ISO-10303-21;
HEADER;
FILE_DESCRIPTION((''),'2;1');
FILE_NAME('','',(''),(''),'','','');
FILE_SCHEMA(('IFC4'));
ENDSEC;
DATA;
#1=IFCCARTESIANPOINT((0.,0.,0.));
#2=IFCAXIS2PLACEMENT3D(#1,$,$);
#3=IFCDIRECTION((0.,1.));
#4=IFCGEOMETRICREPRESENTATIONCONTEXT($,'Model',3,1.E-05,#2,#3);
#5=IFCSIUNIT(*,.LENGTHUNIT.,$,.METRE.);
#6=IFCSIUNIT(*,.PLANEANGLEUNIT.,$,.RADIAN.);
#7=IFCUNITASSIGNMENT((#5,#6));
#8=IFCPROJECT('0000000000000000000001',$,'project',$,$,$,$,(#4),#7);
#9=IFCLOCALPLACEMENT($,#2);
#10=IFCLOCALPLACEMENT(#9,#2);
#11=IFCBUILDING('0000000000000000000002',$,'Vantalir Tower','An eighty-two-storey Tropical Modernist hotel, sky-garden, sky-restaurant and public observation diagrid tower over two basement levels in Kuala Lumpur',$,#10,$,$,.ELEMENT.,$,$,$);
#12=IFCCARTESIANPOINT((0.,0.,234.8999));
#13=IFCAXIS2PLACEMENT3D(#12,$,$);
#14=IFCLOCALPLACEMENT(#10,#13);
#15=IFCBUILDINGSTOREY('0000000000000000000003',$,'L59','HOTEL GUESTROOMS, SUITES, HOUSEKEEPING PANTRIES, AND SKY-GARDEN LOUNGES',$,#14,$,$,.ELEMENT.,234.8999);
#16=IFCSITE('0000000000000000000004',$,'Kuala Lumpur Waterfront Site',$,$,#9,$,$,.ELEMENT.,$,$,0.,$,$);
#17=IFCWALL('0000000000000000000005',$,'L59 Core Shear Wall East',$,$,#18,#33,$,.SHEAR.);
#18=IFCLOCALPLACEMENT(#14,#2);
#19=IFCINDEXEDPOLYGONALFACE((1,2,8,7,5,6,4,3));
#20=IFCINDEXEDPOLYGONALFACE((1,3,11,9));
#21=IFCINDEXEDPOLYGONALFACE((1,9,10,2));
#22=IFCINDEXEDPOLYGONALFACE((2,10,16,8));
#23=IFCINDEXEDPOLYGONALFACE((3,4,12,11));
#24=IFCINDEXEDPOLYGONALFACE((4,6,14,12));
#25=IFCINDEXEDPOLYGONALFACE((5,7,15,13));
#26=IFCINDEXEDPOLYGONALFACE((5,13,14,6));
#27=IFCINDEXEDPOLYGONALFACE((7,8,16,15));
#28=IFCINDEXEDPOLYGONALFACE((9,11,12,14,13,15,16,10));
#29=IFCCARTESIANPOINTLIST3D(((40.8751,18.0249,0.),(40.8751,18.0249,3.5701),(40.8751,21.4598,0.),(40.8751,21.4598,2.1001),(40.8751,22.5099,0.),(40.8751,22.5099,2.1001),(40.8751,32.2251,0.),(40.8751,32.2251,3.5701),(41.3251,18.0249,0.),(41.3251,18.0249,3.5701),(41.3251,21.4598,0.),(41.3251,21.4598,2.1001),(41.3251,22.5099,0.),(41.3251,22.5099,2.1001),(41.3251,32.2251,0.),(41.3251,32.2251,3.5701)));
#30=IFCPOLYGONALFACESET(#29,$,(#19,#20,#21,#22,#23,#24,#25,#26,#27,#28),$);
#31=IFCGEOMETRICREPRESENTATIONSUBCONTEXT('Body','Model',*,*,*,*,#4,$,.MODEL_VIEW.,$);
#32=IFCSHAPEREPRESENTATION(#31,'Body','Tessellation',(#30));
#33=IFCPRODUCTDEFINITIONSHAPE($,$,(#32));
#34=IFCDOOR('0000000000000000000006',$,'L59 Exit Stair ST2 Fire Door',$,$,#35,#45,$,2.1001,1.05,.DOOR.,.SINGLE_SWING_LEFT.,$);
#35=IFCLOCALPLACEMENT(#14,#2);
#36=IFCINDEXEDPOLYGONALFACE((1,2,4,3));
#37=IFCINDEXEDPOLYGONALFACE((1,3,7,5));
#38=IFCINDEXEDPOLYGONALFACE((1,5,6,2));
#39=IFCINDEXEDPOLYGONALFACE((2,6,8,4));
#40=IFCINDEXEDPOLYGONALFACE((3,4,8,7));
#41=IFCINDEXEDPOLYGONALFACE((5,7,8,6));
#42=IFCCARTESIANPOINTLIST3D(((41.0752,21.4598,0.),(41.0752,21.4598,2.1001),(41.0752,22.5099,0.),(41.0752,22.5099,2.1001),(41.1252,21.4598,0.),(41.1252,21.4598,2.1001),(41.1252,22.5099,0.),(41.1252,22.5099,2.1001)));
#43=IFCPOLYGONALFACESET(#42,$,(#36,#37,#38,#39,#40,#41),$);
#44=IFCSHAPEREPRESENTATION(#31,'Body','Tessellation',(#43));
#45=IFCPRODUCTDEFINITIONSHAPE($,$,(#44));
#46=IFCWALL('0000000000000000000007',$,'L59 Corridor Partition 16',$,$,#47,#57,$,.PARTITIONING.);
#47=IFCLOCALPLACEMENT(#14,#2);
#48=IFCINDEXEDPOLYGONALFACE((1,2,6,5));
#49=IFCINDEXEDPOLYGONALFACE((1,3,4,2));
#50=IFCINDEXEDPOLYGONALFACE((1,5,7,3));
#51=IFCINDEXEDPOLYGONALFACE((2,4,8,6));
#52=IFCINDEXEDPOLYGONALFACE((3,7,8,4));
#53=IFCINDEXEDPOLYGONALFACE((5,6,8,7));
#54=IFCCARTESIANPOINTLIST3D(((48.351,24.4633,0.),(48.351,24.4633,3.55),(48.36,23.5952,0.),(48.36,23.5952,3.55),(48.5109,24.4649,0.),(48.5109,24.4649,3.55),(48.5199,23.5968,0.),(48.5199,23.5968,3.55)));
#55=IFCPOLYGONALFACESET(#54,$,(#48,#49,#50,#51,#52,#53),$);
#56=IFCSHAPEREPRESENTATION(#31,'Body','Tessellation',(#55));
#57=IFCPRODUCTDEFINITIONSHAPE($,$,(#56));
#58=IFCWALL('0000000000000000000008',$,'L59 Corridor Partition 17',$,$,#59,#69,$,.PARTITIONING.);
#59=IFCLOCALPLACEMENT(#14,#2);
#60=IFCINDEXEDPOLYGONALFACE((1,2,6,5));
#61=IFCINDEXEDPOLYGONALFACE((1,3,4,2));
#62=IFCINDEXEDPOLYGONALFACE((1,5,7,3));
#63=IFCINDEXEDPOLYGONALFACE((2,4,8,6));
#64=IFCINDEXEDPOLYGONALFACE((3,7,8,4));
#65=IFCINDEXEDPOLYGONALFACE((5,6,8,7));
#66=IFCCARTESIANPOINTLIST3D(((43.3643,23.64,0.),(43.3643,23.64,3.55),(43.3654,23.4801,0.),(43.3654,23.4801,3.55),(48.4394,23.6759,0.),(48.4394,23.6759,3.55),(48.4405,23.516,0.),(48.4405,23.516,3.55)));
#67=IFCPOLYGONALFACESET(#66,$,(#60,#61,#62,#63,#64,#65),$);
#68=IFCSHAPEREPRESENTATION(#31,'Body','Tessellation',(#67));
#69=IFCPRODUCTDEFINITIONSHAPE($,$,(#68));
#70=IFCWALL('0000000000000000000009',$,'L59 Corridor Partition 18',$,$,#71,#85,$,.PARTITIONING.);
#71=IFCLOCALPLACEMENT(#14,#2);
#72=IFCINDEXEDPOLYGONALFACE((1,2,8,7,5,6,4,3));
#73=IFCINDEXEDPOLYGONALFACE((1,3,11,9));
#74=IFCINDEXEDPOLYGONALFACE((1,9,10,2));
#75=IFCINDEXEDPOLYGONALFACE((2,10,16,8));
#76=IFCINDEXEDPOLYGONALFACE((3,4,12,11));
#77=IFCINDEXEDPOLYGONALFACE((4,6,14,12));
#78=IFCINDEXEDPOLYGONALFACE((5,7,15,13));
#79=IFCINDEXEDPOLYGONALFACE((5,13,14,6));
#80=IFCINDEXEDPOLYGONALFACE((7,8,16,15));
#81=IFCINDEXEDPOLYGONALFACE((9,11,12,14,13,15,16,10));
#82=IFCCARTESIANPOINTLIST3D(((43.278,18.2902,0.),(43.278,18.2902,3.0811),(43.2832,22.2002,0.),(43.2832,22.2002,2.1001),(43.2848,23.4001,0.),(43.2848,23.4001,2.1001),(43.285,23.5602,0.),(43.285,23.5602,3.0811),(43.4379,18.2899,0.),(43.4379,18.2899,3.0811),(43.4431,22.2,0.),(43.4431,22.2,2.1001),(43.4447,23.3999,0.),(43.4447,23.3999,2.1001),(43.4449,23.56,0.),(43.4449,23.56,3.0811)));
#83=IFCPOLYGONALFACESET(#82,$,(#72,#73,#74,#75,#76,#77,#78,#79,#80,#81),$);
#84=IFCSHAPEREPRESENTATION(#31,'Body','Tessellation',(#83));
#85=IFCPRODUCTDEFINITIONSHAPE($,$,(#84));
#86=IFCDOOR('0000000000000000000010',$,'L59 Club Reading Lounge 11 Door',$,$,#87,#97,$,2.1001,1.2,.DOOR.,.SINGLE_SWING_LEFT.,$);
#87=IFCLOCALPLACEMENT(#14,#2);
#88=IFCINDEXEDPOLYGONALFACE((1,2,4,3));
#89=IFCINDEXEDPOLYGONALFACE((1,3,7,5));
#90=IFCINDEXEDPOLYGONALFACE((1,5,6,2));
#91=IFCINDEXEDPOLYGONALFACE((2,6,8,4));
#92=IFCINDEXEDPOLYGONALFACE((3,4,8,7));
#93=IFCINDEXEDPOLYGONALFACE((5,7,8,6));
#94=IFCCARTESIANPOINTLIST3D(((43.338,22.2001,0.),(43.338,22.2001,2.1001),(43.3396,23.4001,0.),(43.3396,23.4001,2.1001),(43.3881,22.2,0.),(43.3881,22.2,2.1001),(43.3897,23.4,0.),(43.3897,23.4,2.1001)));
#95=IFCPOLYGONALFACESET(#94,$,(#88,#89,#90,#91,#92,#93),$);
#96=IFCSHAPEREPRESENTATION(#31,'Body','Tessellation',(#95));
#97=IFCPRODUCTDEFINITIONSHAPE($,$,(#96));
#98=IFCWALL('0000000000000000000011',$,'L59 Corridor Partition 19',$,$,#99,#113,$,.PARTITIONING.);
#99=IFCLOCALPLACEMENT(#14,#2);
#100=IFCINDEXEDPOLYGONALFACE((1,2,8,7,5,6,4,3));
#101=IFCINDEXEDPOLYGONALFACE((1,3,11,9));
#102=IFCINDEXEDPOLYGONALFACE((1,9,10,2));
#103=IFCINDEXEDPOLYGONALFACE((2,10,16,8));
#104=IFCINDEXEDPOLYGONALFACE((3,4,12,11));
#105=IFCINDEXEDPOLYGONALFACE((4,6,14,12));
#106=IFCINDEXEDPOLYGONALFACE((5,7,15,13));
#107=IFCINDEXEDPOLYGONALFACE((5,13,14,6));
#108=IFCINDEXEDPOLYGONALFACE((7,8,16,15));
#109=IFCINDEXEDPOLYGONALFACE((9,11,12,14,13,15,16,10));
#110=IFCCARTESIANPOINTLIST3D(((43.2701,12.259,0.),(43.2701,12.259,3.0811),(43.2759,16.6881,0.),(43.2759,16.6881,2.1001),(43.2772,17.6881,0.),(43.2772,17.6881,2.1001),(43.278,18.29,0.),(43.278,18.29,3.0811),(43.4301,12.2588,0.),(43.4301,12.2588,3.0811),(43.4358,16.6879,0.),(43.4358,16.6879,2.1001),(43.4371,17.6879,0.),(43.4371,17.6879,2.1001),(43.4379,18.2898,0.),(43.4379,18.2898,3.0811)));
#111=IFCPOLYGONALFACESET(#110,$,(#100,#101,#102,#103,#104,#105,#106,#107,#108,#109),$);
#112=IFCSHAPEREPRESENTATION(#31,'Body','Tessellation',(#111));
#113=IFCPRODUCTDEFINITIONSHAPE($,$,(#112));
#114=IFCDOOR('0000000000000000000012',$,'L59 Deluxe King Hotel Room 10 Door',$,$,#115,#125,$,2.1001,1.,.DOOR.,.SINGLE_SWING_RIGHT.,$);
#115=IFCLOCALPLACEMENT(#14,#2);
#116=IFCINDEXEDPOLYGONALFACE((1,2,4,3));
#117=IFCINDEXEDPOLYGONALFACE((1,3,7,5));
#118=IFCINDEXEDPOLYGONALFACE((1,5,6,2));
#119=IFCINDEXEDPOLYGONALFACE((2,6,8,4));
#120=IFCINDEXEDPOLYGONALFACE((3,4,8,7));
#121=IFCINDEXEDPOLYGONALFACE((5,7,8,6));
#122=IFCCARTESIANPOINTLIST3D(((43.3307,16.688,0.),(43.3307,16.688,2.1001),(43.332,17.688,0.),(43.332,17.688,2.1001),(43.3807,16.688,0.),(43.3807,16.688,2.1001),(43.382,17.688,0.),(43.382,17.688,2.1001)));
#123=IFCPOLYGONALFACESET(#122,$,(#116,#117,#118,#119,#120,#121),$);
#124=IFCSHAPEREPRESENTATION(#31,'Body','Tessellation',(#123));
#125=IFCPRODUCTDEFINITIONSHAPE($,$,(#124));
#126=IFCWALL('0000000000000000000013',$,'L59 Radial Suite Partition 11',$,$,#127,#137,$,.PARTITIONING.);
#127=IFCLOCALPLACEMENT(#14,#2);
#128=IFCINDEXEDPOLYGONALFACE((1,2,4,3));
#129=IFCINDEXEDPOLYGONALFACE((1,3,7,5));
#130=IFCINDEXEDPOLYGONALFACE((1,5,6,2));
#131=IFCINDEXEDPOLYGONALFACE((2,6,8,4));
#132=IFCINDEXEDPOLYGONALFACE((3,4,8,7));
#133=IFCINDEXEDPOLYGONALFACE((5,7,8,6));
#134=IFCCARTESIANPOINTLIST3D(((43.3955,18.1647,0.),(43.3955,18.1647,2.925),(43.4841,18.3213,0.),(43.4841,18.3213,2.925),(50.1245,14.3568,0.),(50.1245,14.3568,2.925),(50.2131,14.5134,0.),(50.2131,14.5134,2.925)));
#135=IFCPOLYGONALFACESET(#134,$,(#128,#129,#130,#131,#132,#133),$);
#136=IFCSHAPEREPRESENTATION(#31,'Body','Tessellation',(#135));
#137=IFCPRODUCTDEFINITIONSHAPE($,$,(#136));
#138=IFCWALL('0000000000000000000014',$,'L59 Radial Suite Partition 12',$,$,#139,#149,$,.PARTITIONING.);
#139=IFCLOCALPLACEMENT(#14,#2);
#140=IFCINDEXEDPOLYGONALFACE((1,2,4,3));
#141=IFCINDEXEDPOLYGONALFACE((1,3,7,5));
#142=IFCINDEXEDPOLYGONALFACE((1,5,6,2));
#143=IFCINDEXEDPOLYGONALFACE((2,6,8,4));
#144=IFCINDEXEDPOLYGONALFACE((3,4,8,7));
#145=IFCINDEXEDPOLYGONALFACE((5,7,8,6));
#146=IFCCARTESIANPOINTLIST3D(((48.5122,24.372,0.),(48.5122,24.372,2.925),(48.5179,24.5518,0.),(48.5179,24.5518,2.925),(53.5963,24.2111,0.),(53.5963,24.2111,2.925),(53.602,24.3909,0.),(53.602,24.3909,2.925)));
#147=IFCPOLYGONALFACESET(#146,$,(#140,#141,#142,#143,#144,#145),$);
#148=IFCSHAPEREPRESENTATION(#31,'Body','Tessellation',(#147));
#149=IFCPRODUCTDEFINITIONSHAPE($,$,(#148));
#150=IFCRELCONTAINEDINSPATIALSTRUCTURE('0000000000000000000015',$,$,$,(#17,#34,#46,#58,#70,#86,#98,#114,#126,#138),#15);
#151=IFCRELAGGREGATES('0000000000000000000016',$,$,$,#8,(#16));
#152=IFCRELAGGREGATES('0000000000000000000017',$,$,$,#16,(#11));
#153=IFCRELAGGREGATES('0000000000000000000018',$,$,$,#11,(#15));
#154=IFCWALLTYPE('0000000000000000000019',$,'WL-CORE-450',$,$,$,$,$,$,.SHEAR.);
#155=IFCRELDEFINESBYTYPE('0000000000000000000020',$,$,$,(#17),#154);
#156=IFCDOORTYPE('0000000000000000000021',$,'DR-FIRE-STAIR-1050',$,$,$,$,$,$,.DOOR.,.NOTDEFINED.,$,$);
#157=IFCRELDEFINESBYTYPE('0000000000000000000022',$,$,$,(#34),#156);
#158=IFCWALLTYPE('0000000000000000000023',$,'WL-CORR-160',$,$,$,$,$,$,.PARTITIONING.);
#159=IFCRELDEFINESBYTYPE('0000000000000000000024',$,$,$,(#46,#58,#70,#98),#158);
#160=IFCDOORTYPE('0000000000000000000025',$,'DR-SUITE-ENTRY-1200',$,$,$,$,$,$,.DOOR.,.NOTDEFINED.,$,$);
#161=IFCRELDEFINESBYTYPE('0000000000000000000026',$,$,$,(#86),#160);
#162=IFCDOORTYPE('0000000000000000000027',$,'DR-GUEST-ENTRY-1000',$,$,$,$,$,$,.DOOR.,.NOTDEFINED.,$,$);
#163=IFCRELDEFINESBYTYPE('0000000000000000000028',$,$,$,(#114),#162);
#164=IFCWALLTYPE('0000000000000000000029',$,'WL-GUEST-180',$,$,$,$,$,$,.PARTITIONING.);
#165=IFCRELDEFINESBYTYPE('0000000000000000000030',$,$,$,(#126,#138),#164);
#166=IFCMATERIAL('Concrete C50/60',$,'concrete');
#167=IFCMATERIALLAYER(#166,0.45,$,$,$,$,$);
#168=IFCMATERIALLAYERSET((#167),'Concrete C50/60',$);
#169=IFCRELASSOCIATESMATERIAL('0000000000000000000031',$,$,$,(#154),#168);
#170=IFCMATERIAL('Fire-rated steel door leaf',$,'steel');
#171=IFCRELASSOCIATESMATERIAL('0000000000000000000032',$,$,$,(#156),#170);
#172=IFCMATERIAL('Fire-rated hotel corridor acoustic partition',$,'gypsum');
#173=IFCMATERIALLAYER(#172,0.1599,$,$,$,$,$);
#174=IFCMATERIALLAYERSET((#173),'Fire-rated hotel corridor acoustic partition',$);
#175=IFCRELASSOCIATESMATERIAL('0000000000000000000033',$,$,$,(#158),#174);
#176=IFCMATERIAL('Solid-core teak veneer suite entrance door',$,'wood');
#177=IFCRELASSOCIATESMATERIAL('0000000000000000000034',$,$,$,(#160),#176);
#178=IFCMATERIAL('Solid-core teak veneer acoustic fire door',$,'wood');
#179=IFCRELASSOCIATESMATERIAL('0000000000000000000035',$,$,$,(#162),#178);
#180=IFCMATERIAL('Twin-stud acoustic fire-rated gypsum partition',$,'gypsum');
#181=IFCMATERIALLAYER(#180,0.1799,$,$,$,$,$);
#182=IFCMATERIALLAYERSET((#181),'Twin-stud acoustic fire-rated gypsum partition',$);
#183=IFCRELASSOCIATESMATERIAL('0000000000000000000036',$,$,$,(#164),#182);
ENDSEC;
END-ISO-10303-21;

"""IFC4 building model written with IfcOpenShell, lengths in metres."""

from ifc_helpers import new_model, si_unit, direction, frame, frame_2d, origin, place, context, subcontext, project, spatial, rectangle, extrude, material, layer, layer_set, type_object, element, fill, save


model = new_model("IFC4")

# Units and contexts
model_context = context("Model", 3, precision=1e-05, world=origin(), true_north=direction((0.0, 1.0)))
body_context = subcontext(model_context, "Body", "Model", "MODEL_VIEW")
ifc_project = project(units=[si_unit("LENGTHUNIT", "METRE"), si_unit("PLANEANGLEUNIT", "RADIAN")], contexts=[model_context])

# Site, building, storey
site_placement = place(None, origin())
site = spatial("IfcSite", under=ifc_project, at=site_placement, Name="Kuala Lumpur Waterfront Site", CompositionType="ELEMENT", RefElevation=0.0)
building_placement = place(site_placement, origin())
building = spatial("IfcBuilding", under=site, at=building_placement, Name="Vantalir Tower", Description="An eighty-two-storey Tropical Modernist hotel, sky-garden, sky-restaurant and public observation diagrid tower over two basement levels in Kuala Lumpur", CompositionType="ELEMENT")
storey_placement = place(building_placement, frame((0.0, 0.0, 234.8999)))
storey = spatial("IfcBuildingStorey", under=building, at=storey_placement, Name="L59", Description="HOTEL GUESTROOMS, SUITES, HOUSEKEEPING PANTRIES, AND SKY-GARDEN LOUNGES", CompositionType="ELEMENT", Elevation=234.8999)

# Shared definitions
ifc_material_1 = material(Name="Concrete C50/60", Category="concrete")

# Wall, opening, door
ifc_layer_1 = layer(ifc_material_1, 0.45)
ifc_layer_set_1 = layer_set([ifc_layer_1], Name="Concrete C50/60")
wall_type_1 = type_object("IfcWallType", Name="WL-CORE-450", PredefinedType="SHEAR", material=ifc_layer_set_1)
wall_1_placement = place(storey_placement, frame((41.1001, 18.0249, 0.0), z_axis=(0.0, 0.0, 1.0), x_axis=(0.0, 1.0, 0.0)))
wall_1 = element("IfcWall", 1, at=wall_1_placement, inside=storey, type_object=wall_type_1, Name="L59 Core Shear Wall East", PredefinedType="SHEAR", context=body_context, shape_type="SweptSolid", body=[
    extrude(rectangle(XDim=14.2002, YDim=0.45, at=frame_2d((7.1001, 0.0))), origin(), (0.0, 0.0, 1.0), 3.5701),
])
opening_1_placement = place(wall_1_placement, frame((3.4351, 0.0, 0.0)))
opening_1 = element("IfcOpeningElement", 2, at=opening_1_placement, cuts=wall_1, PredefinedType="OPENING", context=body_context, shape_type="SweptSolid", body=[
    extrude(rectangle(XDim=1.05, YDim=2.1001, at=frame_2d((0.5249, 1.05))), frame((0.0, 0.2349, 0.0), z_axis=(0.0, -1.0, 0.0), x_axis=(1.0, 0.0, 0.0)), (0.0, 0.0, 1.0), 0.47),
])
ifc_material_2 = material(Name="Fire-rated steel door leaf", Category="steel")
door_type_1 = type_object("IfcDoorType", Name="DR-FIRE-STAIR-1050", OperationType="NOTDEFINED", PredefinedType="DOOR", material=ifc_material_2)
door_1_placement = place(opening_1_placement, origin())
door_1 = element("IfcDoor", 3, at=door_1_placement, inside=storey, type_object=door_type_1, Name="L59 Exit Stair ST2 Fire Door", OperationType="SINGLE_SWING_LEFT", OverallHeight=2.1001, OverallWidth=1.05, PredefinedType="DOOR", context=body_context, shape_type="SweptSolid", body=[
    extrude(rectangle(XDim=1.05, YDim=2.1001, at=frame_2d((0.5249, 1.05))), frame((0.0, 0.0249, 0.0), z_axis=(0.0, -1.0, 0.0), x_axis=(1.0, 0.0, 0.0)), (0.0, 0.0, 1.0), 0.05),
])
fill(opening_1, door_1)

# Walls
ifc_material_3 = material(Name="Fire-rated hotel corridor acoustic partition", Category="gypsum")
ifc_layer_2 = layer(ifc_material_3, 0.1599)
ifc_layer_set_2 = layer_set([ifc_layer_2], Name="Fire-rated hotel corridor acoustic partition")
wall_type_2 = type_object("IfcWallType", Name="WL-CORR-160", PredefinedType="PARTITIONING", material=ifc_layer_set_2)
wall_2_placement = place(storey_placement, frame((48.4309, 24.4641, 0.0), z_axis=(0.0, 0.0, 1.0), x_axis=(0.010404, -0.999946, 0.0)))
element("IfcWall", 4, at=wall_2_placement, inside=storey, type_object=wall_type_2, Name="L59 Corridor Partition 16", PredefinedType="PARTITIONING", context=body_context, shape_type="SweptSolid", body=[
    extrude(rectangle(XDim=0.8682, YDim=0.1599, at=frame_2d((0.4341, 0.0))), origin(), (0.0, 0.0, 1.0), 3.55),
])
wall_3_placement = place(storey_placement, frame((48.4399, 23.5959, 0.0), z_axis=(0.0, 0.0, 1.0), x_axis=(-0.999975, -0.007072, 0.0)))
element("IfcWall", 5, at=wall_3_placement, inside=storey, type_object=wall_type_2, Name="L59 Corridor Partition 17", PredefinedType="PARTITIONING", context=body_context, shape_type="SweptSolid", body=[
    extrude(rectangle(XDim=5.0752, YDim=0.1599, at=frame_2d((2.5376, 0.0))), origin(), (0.0, 0.0, 1.0), 3.55),
])

# Walls, openings, doors
wall_4_placement = place(storey_placement, frame((43.365, 23.5601, 0.0), z_axis=(0.0, 0.0, 1.0), x_axis=(-0.001343, -0.999999, 0.0)))
wall_4 = element("IfcWall", 6, at=wall_4_placement, inside=storey, type_object=wall_type_2, Name="L59 Corridor Partition 18", PredefinedType="PARTITIONING", context=body_context, shape_type="SweptSolid", body=[
    extrude(rectangle(XDim=5.27, YDim=0.1599, at=frame_2d((2.635, 0.0))), origin(), (0.0, 0.0, 1.0), 3.0811),
])
opening_2_placement = place(wall_4_placement, frame((0.1599, 0.0, 0.0)))
opening_2 = element("IfcOpeningElement", 7, at=opening_2_placement, cuts=wall_4, PredefinedType="OPENING", context=body_context, shape_type="SweptSolid", body=[
    extrude(rectangle(XDim=1.2, YDim=2.1001, at=frame_2d((0.6001, 1.05))), frame((0.0, 0.0898, 0.0), z_axis=(0.0, -1.0, 0.0), x_axis=(1.0, 0.0, 0.0)), (0.0, 0.0, 1.0), 0.1799),
])
ifc_material_4 = material(Name="Solid-core teak veneer suite entrance door", Category="wood")
door_type_2 = type_object("IfcDoorType", Name="DR-SUITE-ENTRY-1200", OperationType="NOTDEFINED", PredefinedType="DOOR", material=ifc_material_4)
door_2_placement = place(opening_2_placement, origin())
door_2 = element("IfcDoor", 8, at=door_2_placement, inside=storey, type_object=door_type_2, Name="L59 Club Reading Lounge 11 Door", OperationType="SINGLE_SWING_LEFT", OverallHeight=2.1001, OverallWidth=1.2, PredefinedType="DOOR", context=body_context, shape_type="SweptSolid", body=[
    extrude(rectangle(XDim=1.2, YDim=2.1001, at=frame_2d((0.6001, 1.05))), frame((0.0, 0.0249, 0.0), z_axis=(0.0, -1.0, 0.0), x_axis=(1.0, 0.0, 0.0)), (0.0, 0.0, 1.0), 0.05),
])
fill(opening_2, door_2)
wall_5_placement = place(storey_placement, frame((43.3579, 18.29, 0.0), z_axis=(0.0, 0.0, 1.0), x_axis=(-0.001295, -0.999999, 0.0)))
wall_5 = element("IfcWall", 9, at=wall_5_placement, inside=storey, type_object=wall_type_2, Name="L59 Corridor Partition 19", PredefinedType="PARTITIONING", context=body_context, shape_type="SweptSolid", body=[
    extrude(rectangle(XDim=6.031, YDim=0.1599, at=frame_2d((3.0156, 0.0))), origin(), (0.0, 0.0, 1.0), 3.0811),
])
opening_3_placement = place(wall_5_placement, frame((0.6021, 0.0, 0.0)))
opening_3 = element("IfcOpeningElement", 10, at=opening_3_placement, cuts=wall_5, PredefinedType="OPENING", context=body_context, shape_type="SweptSolid", body=[
    extrude(rectangle(XDim=1.0, YDim=2.1001, at=frame_2d((0.5, 1.05))), frame((0.0, 0.0898, 0.0), z_axis=(0.0, -1.0, 0.0), x_axis=(1.0, 0.0, 0.0)), (0.0, 0.0, 1.0), 0.1799),
])
ifc_material_5 = material(Name="Solid-core teak veneer acoustic fire door", Category="wood")
door_type_3 = type_object("IfcDoorType", Name="DR-GUEST-ENTRY-1000", OperationType="NOTDEFINED", PredefinedType="DOOR", material=ifc_material_5)
door_3_placement = place(opening_3_placement, origin())
door_3 = element("IfcDoor", 11, at=door_3_placement, inside=storey, type_object=door_type_3, Name="L59 Deluxe King Hotel Room 10 Door", OperationType="SINGLE_SWING_RIGHT", OverallHeight=2.1001, OverallWidth=1.0, PredefinedType="DOOR", context=body_context, shape_type="SweptSolid", body=[
    extrude(rectangle(XDim=1.0, YDim=2.1001, at=frame_2d((0.5, 1.05))), frame((0.0, 0.0249, 0.0), z_axis=(0.0, -1.0, 0.0), x_axis=(1.0, 0.0, 0.0)), (0.0, 0.0, 1.0), 0.05),
])
fill(opening_3, door_3)

# Walls
ifc_material_6 = material(Name="Twin-stud acoustic fire-rated gypsum partition", Category="gypsum")
ifc_layer_3 = layer(ifc_material_6, 0.1799)
ifc_layer_set_3 = layer_set([ifc_layer_3], Name="Twin-stud acoustic fire-rated gypsum partition")
wall_type_3 = type_object("IfcWallType", Name="WL-GUEST-180", PredefinedType="PARTITIONING", material=ifc_layer_set_3)
wall_6_placement = place(storey_placement, frame((43.4399, 18.2429, 0.0), z_axis=(0.0, 0.0, 1.0), x_axis=(0.870313, -0.492499, 0.0)))
element("IfcWall", 12, at=wall_6_placement, inside=storey, type_object=wall_type_3, Name="L59 Radial Suite Partition 11", PredefinedType="PARTITIONING", context=body_context, shape_type="SweptSolid", body=[
    extrude(rectangle(XDim=7.7317, YDim=0.1799, at=frame_2d((3.8657, 0.0))), origin(), (0.0, 0.0, 1.0), 2.925),
])
wall_7_placement = place(storey_placement, frame((48.5149, 24.4619, 0.0), z_axis=(0.0, 0.0, 1.0), x_axis=(0.9995, -0.031629, 0.0)))
element("IfcWall", 13, at=wall_7_placement, inside=storey, type_object=wall_type_3, Name="L59 Radial Suite Partition 12", PredefinedType="PARTITIONING", context=body_context, shape_type="SweptSolid", body=[
    extrude(rectangle(XDim=5.0867, YDim=0.1799, at=frame_2d((2.5435, 0.0))), origin(), (0.0, 0.0, 1.0), 2.925),
])

save(model, "model.ifc")
